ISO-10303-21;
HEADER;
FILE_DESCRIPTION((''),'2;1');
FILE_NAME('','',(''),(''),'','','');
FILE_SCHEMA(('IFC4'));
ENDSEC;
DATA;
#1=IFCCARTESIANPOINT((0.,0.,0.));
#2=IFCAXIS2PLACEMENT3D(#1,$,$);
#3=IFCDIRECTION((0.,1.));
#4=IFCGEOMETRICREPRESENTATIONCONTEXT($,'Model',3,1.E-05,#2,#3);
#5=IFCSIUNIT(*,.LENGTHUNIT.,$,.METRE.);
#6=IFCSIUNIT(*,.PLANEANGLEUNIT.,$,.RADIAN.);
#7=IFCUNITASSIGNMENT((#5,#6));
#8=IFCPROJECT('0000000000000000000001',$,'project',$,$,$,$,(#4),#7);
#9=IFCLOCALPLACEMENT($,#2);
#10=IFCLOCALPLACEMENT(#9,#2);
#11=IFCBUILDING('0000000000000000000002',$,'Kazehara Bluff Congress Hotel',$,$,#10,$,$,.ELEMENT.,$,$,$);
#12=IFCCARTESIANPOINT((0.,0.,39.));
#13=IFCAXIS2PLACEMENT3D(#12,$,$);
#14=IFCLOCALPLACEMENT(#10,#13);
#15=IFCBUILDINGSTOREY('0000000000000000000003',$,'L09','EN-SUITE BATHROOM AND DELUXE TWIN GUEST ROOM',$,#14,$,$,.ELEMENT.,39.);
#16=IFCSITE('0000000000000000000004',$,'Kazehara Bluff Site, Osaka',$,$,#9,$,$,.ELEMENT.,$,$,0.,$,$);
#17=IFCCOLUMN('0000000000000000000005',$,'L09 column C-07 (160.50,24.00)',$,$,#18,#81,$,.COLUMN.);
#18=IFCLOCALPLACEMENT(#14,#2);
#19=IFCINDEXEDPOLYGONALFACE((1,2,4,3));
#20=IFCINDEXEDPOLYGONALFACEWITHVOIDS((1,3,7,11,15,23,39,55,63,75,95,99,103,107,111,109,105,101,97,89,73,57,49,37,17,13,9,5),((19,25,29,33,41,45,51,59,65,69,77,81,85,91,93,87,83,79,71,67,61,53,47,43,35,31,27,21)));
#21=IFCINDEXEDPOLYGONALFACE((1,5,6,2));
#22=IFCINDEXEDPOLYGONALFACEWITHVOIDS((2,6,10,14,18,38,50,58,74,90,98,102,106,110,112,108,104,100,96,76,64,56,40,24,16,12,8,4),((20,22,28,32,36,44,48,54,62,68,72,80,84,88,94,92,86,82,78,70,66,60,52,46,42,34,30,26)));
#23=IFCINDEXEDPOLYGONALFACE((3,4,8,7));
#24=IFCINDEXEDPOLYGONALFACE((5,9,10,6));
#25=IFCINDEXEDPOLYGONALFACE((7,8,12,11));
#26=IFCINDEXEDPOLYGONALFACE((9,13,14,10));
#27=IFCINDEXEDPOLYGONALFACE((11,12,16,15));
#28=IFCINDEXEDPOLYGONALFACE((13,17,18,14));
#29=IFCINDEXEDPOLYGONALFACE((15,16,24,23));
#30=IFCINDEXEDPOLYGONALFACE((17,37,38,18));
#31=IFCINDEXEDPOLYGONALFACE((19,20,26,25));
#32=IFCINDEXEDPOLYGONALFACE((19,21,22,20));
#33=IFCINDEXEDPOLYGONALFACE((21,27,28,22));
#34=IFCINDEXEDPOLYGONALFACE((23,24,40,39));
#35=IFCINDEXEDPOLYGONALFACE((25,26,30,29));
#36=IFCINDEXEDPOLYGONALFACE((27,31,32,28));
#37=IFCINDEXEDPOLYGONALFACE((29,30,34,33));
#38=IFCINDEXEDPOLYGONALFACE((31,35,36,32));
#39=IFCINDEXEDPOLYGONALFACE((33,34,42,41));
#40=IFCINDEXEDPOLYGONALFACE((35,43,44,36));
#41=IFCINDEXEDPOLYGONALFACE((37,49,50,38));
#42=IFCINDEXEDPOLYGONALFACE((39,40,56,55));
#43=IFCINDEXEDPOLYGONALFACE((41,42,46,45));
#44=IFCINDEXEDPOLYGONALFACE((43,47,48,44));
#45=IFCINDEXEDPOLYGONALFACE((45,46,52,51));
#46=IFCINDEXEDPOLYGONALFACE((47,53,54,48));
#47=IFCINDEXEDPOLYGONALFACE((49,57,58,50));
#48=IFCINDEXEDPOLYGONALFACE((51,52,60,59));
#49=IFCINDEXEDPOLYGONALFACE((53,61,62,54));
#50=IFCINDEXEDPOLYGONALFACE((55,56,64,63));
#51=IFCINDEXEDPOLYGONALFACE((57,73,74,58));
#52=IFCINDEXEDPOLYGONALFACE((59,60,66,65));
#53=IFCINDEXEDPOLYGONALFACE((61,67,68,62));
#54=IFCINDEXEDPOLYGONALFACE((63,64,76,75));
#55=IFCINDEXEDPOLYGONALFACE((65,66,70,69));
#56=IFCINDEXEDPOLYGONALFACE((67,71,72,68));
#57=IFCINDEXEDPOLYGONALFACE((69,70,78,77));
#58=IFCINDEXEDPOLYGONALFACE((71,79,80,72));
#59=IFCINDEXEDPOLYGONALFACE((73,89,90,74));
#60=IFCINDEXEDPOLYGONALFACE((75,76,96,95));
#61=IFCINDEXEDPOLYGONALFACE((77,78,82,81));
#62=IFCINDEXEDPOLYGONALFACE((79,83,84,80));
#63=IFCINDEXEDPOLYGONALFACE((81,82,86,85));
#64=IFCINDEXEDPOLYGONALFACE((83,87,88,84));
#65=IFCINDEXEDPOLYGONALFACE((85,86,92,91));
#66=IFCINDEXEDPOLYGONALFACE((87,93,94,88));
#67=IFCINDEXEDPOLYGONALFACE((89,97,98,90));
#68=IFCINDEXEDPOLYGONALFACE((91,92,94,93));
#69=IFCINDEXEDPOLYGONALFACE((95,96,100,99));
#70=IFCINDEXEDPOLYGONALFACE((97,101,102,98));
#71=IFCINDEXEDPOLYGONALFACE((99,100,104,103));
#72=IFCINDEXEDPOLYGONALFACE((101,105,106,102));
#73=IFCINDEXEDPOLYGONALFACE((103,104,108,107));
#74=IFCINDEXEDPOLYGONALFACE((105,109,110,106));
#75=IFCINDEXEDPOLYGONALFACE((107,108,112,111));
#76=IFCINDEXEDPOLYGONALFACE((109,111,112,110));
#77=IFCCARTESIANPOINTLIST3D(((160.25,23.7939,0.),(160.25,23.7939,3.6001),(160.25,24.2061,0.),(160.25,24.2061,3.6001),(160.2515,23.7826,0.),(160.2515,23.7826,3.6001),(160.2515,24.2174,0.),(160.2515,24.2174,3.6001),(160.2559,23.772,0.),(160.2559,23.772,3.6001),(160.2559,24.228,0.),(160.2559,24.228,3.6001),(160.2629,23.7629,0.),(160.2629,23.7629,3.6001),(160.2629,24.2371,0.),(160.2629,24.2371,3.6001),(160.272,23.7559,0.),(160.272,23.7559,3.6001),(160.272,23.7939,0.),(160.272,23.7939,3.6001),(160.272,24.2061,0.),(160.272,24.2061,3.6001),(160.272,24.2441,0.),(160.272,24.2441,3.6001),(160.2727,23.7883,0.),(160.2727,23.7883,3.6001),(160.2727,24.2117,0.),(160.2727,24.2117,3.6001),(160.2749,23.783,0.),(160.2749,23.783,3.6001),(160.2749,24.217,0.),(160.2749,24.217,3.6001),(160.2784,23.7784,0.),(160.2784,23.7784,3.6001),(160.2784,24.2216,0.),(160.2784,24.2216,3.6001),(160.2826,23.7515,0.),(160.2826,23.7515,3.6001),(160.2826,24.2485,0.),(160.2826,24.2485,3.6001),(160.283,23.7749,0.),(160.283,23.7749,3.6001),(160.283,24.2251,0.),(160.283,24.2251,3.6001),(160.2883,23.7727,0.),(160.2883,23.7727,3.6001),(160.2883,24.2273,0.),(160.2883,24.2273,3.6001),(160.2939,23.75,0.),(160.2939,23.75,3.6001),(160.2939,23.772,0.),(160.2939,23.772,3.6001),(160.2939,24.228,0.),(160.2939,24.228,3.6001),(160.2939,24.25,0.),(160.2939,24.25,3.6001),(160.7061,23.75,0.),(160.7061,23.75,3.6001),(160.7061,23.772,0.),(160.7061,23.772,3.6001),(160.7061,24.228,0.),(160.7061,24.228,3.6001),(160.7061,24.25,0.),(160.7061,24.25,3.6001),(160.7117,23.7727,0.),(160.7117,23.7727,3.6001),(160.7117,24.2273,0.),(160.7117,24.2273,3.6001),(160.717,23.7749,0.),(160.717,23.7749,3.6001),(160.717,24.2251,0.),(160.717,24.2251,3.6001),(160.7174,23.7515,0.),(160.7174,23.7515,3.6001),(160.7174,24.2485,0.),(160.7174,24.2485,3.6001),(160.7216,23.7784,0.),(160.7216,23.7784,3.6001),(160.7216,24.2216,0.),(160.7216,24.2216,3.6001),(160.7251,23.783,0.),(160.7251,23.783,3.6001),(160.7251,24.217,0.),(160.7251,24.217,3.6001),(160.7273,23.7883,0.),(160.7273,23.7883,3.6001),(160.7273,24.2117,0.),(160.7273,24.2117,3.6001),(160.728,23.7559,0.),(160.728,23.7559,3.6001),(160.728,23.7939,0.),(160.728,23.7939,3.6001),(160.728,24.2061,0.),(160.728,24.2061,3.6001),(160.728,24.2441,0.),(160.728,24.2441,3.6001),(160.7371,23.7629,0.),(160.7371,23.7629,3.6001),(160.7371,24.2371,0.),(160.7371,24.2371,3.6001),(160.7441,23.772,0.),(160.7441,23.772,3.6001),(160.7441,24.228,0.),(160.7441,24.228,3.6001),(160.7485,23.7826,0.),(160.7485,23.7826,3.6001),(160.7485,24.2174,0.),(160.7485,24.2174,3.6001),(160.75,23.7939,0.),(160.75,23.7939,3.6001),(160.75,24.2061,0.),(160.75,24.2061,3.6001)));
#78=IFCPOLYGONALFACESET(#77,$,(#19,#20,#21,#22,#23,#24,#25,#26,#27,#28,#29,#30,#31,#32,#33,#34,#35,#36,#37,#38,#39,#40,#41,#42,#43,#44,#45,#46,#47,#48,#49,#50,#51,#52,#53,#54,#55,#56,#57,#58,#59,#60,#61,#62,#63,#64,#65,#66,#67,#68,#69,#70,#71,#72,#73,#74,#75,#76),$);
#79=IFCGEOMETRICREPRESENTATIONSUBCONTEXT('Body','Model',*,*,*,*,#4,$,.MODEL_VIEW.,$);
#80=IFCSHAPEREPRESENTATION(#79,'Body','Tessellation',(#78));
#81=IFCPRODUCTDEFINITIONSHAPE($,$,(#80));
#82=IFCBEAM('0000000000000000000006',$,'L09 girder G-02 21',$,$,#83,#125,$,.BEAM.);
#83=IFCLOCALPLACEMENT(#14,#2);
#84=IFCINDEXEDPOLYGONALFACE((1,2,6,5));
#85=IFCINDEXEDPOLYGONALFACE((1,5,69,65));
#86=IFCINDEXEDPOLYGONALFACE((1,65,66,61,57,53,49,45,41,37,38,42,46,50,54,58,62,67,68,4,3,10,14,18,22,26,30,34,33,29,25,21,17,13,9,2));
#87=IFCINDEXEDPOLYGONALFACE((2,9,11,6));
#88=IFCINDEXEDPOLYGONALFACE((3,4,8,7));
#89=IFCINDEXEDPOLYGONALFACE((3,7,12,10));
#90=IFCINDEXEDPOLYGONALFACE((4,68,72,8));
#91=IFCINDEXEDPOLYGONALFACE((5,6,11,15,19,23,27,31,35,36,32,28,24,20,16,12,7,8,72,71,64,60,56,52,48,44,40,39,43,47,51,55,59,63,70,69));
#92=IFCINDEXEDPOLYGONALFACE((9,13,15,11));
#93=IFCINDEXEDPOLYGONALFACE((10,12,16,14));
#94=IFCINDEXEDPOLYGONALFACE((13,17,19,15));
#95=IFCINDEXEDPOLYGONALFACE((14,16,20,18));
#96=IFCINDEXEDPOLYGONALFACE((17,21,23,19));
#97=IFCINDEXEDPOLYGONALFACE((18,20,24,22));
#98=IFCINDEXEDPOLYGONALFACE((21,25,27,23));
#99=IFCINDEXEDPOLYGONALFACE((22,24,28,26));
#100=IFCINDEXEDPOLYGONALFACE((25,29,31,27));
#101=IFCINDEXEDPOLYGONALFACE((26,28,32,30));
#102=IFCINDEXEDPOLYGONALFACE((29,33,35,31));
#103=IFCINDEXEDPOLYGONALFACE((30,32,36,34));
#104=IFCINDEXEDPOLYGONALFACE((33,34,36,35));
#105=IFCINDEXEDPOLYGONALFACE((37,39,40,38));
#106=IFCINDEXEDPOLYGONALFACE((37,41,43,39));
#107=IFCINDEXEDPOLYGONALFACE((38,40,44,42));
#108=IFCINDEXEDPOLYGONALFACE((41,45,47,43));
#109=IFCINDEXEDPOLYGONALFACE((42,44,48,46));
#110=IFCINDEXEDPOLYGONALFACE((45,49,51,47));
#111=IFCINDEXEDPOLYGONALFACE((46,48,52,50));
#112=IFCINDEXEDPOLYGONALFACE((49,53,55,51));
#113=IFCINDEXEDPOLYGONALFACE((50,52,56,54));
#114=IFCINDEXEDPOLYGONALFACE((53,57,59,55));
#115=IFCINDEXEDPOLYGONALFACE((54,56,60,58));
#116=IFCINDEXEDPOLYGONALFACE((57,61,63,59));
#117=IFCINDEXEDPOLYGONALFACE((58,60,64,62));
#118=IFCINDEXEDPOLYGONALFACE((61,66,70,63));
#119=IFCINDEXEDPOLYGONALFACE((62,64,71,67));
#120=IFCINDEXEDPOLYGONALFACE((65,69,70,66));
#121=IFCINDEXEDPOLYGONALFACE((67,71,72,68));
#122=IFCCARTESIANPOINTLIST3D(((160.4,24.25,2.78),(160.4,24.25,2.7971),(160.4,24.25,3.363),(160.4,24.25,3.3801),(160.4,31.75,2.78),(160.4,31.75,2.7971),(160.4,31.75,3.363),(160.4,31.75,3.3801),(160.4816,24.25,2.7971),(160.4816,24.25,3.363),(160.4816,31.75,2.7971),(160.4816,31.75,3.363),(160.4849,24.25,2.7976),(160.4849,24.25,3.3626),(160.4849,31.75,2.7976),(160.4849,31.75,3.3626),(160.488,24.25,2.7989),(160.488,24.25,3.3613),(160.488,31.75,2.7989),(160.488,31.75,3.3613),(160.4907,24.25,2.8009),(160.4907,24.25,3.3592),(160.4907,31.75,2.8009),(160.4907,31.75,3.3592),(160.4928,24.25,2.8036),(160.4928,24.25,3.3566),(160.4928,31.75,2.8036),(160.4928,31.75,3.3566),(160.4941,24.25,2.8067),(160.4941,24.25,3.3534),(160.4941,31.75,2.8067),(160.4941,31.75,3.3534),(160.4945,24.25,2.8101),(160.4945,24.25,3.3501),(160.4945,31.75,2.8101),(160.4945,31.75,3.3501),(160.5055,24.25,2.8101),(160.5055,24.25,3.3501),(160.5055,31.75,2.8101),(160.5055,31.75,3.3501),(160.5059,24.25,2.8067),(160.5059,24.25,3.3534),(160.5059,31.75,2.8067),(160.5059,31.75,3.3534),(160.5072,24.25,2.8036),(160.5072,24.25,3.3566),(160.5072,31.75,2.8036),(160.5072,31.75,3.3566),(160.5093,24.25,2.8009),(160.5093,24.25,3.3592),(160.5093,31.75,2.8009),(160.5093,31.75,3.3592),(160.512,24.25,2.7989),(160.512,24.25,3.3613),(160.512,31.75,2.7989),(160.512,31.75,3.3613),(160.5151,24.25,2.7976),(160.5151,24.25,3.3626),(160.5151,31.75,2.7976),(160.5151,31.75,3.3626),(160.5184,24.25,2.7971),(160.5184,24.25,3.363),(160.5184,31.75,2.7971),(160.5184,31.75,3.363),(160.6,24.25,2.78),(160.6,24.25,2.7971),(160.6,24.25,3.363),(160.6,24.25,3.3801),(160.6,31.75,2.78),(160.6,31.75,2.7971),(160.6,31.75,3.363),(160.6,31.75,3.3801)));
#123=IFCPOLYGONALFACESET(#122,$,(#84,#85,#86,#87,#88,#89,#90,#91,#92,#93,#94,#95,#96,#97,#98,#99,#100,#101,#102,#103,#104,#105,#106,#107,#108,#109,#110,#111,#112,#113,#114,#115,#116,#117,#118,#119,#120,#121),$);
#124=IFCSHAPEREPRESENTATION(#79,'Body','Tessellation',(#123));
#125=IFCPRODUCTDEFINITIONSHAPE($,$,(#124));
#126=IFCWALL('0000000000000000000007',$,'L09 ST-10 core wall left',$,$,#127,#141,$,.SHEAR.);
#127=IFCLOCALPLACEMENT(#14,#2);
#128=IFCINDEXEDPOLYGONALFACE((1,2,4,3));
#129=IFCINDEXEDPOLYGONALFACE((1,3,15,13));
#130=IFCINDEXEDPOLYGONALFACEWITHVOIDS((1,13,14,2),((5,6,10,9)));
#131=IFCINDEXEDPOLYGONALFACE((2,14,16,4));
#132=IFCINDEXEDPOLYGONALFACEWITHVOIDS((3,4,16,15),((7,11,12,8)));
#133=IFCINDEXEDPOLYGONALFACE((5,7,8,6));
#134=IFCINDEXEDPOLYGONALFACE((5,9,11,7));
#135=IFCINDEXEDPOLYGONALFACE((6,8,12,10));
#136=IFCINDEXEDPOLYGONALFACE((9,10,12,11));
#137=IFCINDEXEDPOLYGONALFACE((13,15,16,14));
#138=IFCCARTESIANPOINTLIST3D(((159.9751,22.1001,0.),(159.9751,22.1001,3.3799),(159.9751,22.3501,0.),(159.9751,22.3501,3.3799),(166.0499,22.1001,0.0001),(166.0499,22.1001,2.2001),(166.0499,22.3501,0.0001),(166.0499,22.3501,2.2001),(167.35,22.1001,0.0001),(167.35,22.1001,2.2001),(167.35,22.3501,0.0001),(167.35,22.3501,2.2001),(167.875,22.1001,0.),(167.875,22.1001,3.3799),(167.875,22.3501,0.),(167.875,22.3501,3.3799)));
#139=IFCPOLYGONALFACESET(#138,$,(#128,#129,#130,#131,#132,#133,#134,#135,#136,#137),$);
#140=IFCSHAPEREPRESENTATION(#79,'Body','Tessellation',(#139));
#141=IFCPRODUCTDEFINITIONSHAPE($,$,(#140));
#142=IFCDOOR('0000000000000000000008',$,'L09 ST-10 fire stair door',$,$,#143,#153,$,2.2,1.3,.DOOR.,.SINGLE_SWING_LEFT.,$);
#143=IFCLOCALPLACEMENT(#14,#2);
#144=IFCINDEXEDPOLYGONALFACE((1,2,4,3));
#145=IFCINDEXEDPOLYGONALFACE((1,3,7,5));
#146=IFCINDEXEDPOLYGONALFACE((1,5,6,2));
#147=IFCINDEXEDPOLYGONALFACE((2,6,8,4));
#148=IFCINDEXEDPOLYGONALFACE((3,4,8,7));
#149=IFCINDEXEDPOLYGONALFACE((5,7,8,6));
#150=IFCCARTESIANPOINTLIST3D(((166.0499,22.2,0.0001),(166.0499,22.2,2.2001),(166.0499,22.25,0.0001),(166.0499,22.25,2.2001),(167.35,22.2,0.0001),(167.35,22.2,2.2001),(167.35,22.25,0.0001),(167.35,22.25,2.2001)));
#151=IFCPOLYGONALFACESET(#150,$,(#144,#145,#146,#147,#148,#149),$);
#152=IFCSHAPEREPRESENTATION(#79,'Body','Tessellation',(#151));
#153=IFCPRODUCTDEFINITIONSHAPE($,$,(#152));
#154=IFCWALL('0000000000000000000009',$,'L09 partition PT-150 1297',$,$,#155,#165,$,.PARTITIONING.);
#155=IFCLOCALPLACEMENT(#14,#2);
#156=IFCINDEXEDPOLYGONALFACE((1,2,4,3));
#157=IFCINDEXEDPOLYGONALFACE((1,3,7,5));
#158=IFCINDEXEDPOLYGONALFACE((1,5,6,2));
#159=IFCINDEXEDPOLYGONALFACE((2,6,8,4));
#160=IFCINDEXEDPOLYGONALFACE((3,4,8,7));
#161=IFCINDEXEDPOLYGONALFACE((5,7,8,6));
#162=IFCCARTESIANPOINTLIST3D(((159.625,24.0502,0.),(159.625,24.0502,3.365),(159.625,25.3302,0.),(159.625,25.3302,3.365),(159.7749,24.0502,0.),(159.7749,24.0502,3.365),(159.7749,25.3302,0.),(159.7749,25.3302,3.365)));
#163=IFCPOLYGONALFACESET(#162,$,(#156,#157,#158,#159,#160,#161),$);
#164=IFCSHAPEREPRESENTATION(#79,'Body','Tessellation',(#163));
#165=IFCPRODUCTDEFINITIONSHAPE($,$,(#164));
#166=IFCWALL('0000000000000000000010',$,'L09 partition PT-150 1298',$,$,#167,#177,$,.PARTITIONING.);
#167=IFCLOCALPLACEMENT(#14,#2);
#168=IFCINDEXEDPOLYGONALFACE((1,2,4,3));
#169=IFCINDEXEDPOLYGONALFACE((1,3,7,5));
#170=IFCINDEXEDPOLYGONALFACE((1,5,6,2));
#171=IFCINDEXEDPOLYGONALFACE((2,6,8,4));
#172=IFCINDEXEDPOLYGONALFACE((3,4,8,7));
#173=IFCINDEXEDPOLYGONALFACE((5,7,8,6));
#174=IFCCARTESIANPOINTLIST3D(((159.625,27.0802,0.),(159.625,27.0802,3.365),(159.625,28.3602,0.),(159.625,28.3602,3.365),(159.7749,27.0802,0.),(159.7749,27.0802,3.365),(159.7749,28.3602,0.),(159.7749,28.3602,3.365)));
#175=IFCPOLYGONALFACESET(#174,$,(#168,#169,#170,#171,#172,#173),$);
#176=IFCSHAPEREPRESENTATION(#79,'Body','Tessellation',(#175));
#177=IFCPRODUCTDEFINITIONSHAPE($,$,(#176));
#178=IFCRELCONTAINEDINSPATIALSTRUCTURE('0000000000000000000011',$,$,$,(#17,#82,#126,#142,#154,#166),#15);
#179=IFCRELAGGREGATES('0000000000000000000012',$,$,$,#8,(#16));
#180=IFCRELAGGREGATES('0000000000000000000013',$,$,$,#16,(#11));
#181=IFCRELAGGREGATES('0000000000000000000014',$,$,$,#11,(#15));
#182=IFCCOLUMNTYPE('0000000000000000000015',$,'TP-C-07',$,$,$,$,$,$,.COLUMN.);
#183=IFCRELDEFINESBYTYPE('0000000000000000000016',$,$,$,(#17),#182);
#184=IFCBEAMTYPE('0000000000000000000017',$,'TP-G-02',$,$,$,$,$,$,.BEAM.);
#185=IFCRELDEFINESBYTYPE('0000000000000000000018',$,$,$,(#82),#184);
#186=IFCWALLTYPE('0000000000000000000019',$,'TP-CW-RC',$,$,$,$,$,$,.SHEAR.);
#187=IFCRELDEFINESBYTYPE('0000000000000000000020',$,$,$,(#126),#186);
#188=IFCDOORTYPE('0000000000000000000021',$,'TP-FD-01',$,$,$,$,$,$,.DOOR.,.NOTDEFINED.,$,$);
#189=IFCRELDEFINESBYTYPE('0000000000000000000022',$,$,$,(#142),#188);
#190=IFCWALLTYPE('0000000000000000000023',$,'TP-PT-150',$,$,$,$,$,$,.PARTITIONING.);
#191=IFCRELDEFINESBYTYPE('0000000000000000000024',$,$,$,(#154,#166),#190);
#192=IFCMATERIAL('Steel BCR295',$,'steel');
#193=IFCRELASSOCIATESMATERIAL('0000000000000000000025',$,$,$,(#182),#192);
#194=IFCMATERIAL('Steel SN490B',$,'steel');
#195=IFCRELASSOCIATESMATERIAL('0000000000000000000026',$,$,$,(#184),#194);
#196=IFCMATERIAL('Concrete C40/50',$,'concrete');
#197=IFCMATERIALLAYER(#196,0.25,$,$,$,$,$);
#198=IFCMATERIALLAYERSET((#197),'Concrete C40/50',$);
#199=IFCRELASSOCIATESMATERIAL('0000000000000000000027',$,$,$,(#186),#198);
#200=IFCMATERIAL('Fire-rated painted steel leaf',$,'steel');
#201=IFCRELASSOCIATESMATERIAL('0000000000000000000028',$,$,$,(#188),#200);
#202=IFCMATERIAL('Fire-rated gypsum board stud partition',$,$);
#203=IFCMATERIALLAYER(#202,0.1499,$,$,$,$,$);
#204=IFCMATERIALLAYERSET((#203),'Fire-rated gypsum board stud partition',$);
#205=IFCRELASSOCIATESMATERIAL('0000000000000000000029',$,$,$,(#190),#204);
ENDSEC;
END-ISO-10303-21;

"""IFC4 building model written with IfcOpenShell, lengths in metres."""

from ifc_helpers import new_model, si_unit, direction, frame, frame_2d, origin, origin_2d, place, context, subcontext, project, spatial, rectangle, hollow_rectangle, i_section, extrude, material, layer, layer_set, material_profile, profile_set, type_object, element, fill, save


model = new_model("IFC4")

# Units and contexts
model_context = context("Model", 3, precision=1e-05, world=origin(), true_north=direction((0.0, 1.0)))
body_context = subcontext(model_context, "Body", "Model", "MODEL_VIEW")
ifc_project = project(units=[si_unit("LENGTHUNIT", "METRE"), si_unit("PLANEANGLEUNIT", "RADIAN")], contexts=[model_context])

# Site, building, storey
site_placement = place(None, origin())
site = spatial("IfcSite", under=ifc_project, at=site_placement, Name="Kazehara Bluff Site, Osaka", CompositionType="ELEMENT", RefElevation=0.0)
building_placement = place(site_placement, origin())
building = spatial("IfcBuilding", under=site, at=building_placement, Name="Kazehara Bluff Congress Hotel", CompositionType="ELEMENT")
storey_placement = place(building_placement, frame((0.0, 0.0, 39.0)))
storey = spatial("IfcBuildingStorey", under=building, at=storey_placement, Name="L09", Description="EN-SUITE BATHROOM AND DELUXE TWIN GUEST ROOM", CompositionType="ELEMENT", Elevation=39.0)

# Column
ifc_material_1 = material(Name="Steel BCR295", Category="steel")
ifc_material_profile_1 = material_profile(ifc_material_1, hollow_rectangle(XDim=0.5, YDim=0.5, WallThickness=0.022, InnerFilletRadius=0.022, OuterFilletRadius=0.0439, at=origin_2d()))
ifc_profile_set_1 = profile_set([ifc_material_profile_1], Name="Steel BCR295")
column_type = type_object("IfcColumnType", Name="TP-C-07", PredefinedType="COLUMN", material=ifc_profile_set_1)
column_placement = place(storey_placement, frame((160.5, 24.0, 0.0), z_axis=(0.0, 0.0, 1.0), x_axis=(1.0, 0.0, 0.0)))
element("IfcColumn", 1, at=column_placement, inside=storey, type_object=column_type, Name="L09 column C-07 (160.50,24.00)", PredefinedType="COLUMN", context=body_context, shape_type="SweptSolid", body=[
    extrude(hollow_rectangle(XDim=0.5, YDim=0.5, WallThickness=0.022, InnerFilletRadius=0.022, OuterFilletRadius=0.0439, at=origin_2d()), origin(), (0.0, 0.0, 1.0), 3.6001),
])

# Beam
ifc_material_2 = material(Name="Steel SN490B", Category="steel")
ifc_material_profile_2 = material_profile(ifc_material_2, i_section(OverallWidth=0.2, OverallDepth=0.6001, WebThickness=0.011, FlangeThickness=0.0171, FilletRadius=0.0129, at=origin_2d()))
ifc_profile_set_2 = profile_set([ifc_material_profile_2], Name="Steel SN490B")
beam_type = type_object("IfcBeamType", Name="TP-G-02", PredefinedType="BEAM", material=ifc_profile_set_2)
beam_placement = place(storey_placement, frame((160.5, 24.25, 3.0801), z_axis=(0.0, 1.0, 0.0), x_axis=(-1.0, 0.0, 0.0)))
element("IfcBeam", 2, at=beam_placement, inside=storey, type_object=beam_type, Name="L09 girder G-02 21", PredefinedType="BEAM", context=body_context, shape_type="SweptSolid", body=[
    extrude(i_section(OverallWidth=0.2, OverallDepth=0.6001, WebThickness=0.011, FlangeThickness=0.0171, FilletRadius=0.0129, at=origin_2d()), origin(), (0.0, 0.0, 1.0), 7.5),
])

# Wall, opening, door
ifc_material_3 = material(Name="Concrete C40/50", Category="concrete")
ifc_layer_1 = layer(ifc_material_3, 0.25)
ifc_layer_set_1 = layer_set([ifc_layer_1], Name="Concrete C40/50")
wall_type_1 = type_object("IfcWallType", Name="TP-CW-RC", PredefinedType="SHEAR", material=ifc_layer_set_1)
wall_placement = place(storey_placement, frame((159.9751, 22.2251, 0.0), z_axis=(0.0, 0.0, 1.0), x_axis=(1.0, 0.0, 0.0)))
wall = element("IfcWall", 3, at=wall_placement, inside=storey, type_object=wall_type_1, Name="L09 ST-10 core wall left", PredefinedType="SHEAR", context=body_context, shape_type="SweptSolid", body=[
    extrude(rectangle(XDim=7.8999, YDim=0.25, at=frame_2d((3.95, 0.0))), origin(), (0.0, 0.0, 1.0), 3.3799),
])
opening_placement = place(wall_placement, frame((6.075, 0.0, 0.0)))
opening = element("IfcOpeningElement", 4, at=opening_placement, cuts=wall, PredefinedType="OPENING", context=body_context, shape_type="SweptSolid", body=[
    extrude(rectangle(XDim=1.3, YDim=2.2, at=frame_2d((0.6499, 1.1001))), frame((0.0, 0.135, 0.0), z_axis=(0.0, -1.0, 0.0), x_axis=(1.0, 0.0, 0.0)), (0.0, 0.0, 1.0), 0.27),
])
ifc_material_4 = material(Name="Fire-rated painted steel leaf", Category="steel")
door_type = type_object("IfcDoorType", Name="TP-FD-01", OperationType="NOTDEFINED", PredefinedType="DOOR", material=ifc_material_4)
door_placement = place(opening_placement, origin())
door = element("IfcDoor", 5, at=door_placement, inside=storey, type_object=door_type, Name="L09 ST-10 fire stair door", OperationType="SINGLE_SWING_LEFT", OverallHeight=2.2, OverallWidth=1.3, PredefinedType="DOOR", context=body_context, shape_type="SweptSolid", body=[
    extrude(rectangle(XDim=1.3, YDim=2.2, at=frame_2d((0.6499, 1.1001))), frame((0.0, 0.0249, 0.0), z_axis=(0.0, -1.0, 0.0), x_axis=(1.0, 0.0, 0.0)), (0.0, 0.0, 1.0), 0.05),
])
fill(opening, door)

# Walls
ifc_material_5 = material(Name="Fire-rated gypsum board stud partition")
ifc_layer_2 = layer(ifc_material_5, 0.1499)
ifc_layer_set_2 = layer_set([ifc_layer_2], Name="Fire-rated gypsum board stud partition")
wall_type_2 = type_object("IfcWallType", Name="TP-PT-150", PredefinedType="PARTITIONING", material=ifc_layer_set_2)
for number, where, z_axis, x_axis, name in (
    (6, (159.7, 24.05, 0.0), (0.0, 0.0, 1.0), (0.0, 1.0, 0.0), "L09 partition PT-150 1297"),
    (7, (159.7, 27.0801, 0.0), (0.0, 0.0, 1.0), (0.0, 1.0, 0.0), "L09 partition PT-150 1298"),
):
    element("IfcWall", number, at=place(storey_placement, frame(where, z_axis=z_axis, x_axis=x_axis)), inside=storey, type_object=wall_type_2, Name=name, PredefinedType="PARTITIONING", context=body_context, shape_type="SweptSolid", body=[
        extrude(rectangle(XDim=1.28, YDim=0.1499, at=frame_2d((0.6401, 0.0))), origin(), (0.0, 0.0, 1.0), 3.365),
    ])

save(model, "model.ifc")
